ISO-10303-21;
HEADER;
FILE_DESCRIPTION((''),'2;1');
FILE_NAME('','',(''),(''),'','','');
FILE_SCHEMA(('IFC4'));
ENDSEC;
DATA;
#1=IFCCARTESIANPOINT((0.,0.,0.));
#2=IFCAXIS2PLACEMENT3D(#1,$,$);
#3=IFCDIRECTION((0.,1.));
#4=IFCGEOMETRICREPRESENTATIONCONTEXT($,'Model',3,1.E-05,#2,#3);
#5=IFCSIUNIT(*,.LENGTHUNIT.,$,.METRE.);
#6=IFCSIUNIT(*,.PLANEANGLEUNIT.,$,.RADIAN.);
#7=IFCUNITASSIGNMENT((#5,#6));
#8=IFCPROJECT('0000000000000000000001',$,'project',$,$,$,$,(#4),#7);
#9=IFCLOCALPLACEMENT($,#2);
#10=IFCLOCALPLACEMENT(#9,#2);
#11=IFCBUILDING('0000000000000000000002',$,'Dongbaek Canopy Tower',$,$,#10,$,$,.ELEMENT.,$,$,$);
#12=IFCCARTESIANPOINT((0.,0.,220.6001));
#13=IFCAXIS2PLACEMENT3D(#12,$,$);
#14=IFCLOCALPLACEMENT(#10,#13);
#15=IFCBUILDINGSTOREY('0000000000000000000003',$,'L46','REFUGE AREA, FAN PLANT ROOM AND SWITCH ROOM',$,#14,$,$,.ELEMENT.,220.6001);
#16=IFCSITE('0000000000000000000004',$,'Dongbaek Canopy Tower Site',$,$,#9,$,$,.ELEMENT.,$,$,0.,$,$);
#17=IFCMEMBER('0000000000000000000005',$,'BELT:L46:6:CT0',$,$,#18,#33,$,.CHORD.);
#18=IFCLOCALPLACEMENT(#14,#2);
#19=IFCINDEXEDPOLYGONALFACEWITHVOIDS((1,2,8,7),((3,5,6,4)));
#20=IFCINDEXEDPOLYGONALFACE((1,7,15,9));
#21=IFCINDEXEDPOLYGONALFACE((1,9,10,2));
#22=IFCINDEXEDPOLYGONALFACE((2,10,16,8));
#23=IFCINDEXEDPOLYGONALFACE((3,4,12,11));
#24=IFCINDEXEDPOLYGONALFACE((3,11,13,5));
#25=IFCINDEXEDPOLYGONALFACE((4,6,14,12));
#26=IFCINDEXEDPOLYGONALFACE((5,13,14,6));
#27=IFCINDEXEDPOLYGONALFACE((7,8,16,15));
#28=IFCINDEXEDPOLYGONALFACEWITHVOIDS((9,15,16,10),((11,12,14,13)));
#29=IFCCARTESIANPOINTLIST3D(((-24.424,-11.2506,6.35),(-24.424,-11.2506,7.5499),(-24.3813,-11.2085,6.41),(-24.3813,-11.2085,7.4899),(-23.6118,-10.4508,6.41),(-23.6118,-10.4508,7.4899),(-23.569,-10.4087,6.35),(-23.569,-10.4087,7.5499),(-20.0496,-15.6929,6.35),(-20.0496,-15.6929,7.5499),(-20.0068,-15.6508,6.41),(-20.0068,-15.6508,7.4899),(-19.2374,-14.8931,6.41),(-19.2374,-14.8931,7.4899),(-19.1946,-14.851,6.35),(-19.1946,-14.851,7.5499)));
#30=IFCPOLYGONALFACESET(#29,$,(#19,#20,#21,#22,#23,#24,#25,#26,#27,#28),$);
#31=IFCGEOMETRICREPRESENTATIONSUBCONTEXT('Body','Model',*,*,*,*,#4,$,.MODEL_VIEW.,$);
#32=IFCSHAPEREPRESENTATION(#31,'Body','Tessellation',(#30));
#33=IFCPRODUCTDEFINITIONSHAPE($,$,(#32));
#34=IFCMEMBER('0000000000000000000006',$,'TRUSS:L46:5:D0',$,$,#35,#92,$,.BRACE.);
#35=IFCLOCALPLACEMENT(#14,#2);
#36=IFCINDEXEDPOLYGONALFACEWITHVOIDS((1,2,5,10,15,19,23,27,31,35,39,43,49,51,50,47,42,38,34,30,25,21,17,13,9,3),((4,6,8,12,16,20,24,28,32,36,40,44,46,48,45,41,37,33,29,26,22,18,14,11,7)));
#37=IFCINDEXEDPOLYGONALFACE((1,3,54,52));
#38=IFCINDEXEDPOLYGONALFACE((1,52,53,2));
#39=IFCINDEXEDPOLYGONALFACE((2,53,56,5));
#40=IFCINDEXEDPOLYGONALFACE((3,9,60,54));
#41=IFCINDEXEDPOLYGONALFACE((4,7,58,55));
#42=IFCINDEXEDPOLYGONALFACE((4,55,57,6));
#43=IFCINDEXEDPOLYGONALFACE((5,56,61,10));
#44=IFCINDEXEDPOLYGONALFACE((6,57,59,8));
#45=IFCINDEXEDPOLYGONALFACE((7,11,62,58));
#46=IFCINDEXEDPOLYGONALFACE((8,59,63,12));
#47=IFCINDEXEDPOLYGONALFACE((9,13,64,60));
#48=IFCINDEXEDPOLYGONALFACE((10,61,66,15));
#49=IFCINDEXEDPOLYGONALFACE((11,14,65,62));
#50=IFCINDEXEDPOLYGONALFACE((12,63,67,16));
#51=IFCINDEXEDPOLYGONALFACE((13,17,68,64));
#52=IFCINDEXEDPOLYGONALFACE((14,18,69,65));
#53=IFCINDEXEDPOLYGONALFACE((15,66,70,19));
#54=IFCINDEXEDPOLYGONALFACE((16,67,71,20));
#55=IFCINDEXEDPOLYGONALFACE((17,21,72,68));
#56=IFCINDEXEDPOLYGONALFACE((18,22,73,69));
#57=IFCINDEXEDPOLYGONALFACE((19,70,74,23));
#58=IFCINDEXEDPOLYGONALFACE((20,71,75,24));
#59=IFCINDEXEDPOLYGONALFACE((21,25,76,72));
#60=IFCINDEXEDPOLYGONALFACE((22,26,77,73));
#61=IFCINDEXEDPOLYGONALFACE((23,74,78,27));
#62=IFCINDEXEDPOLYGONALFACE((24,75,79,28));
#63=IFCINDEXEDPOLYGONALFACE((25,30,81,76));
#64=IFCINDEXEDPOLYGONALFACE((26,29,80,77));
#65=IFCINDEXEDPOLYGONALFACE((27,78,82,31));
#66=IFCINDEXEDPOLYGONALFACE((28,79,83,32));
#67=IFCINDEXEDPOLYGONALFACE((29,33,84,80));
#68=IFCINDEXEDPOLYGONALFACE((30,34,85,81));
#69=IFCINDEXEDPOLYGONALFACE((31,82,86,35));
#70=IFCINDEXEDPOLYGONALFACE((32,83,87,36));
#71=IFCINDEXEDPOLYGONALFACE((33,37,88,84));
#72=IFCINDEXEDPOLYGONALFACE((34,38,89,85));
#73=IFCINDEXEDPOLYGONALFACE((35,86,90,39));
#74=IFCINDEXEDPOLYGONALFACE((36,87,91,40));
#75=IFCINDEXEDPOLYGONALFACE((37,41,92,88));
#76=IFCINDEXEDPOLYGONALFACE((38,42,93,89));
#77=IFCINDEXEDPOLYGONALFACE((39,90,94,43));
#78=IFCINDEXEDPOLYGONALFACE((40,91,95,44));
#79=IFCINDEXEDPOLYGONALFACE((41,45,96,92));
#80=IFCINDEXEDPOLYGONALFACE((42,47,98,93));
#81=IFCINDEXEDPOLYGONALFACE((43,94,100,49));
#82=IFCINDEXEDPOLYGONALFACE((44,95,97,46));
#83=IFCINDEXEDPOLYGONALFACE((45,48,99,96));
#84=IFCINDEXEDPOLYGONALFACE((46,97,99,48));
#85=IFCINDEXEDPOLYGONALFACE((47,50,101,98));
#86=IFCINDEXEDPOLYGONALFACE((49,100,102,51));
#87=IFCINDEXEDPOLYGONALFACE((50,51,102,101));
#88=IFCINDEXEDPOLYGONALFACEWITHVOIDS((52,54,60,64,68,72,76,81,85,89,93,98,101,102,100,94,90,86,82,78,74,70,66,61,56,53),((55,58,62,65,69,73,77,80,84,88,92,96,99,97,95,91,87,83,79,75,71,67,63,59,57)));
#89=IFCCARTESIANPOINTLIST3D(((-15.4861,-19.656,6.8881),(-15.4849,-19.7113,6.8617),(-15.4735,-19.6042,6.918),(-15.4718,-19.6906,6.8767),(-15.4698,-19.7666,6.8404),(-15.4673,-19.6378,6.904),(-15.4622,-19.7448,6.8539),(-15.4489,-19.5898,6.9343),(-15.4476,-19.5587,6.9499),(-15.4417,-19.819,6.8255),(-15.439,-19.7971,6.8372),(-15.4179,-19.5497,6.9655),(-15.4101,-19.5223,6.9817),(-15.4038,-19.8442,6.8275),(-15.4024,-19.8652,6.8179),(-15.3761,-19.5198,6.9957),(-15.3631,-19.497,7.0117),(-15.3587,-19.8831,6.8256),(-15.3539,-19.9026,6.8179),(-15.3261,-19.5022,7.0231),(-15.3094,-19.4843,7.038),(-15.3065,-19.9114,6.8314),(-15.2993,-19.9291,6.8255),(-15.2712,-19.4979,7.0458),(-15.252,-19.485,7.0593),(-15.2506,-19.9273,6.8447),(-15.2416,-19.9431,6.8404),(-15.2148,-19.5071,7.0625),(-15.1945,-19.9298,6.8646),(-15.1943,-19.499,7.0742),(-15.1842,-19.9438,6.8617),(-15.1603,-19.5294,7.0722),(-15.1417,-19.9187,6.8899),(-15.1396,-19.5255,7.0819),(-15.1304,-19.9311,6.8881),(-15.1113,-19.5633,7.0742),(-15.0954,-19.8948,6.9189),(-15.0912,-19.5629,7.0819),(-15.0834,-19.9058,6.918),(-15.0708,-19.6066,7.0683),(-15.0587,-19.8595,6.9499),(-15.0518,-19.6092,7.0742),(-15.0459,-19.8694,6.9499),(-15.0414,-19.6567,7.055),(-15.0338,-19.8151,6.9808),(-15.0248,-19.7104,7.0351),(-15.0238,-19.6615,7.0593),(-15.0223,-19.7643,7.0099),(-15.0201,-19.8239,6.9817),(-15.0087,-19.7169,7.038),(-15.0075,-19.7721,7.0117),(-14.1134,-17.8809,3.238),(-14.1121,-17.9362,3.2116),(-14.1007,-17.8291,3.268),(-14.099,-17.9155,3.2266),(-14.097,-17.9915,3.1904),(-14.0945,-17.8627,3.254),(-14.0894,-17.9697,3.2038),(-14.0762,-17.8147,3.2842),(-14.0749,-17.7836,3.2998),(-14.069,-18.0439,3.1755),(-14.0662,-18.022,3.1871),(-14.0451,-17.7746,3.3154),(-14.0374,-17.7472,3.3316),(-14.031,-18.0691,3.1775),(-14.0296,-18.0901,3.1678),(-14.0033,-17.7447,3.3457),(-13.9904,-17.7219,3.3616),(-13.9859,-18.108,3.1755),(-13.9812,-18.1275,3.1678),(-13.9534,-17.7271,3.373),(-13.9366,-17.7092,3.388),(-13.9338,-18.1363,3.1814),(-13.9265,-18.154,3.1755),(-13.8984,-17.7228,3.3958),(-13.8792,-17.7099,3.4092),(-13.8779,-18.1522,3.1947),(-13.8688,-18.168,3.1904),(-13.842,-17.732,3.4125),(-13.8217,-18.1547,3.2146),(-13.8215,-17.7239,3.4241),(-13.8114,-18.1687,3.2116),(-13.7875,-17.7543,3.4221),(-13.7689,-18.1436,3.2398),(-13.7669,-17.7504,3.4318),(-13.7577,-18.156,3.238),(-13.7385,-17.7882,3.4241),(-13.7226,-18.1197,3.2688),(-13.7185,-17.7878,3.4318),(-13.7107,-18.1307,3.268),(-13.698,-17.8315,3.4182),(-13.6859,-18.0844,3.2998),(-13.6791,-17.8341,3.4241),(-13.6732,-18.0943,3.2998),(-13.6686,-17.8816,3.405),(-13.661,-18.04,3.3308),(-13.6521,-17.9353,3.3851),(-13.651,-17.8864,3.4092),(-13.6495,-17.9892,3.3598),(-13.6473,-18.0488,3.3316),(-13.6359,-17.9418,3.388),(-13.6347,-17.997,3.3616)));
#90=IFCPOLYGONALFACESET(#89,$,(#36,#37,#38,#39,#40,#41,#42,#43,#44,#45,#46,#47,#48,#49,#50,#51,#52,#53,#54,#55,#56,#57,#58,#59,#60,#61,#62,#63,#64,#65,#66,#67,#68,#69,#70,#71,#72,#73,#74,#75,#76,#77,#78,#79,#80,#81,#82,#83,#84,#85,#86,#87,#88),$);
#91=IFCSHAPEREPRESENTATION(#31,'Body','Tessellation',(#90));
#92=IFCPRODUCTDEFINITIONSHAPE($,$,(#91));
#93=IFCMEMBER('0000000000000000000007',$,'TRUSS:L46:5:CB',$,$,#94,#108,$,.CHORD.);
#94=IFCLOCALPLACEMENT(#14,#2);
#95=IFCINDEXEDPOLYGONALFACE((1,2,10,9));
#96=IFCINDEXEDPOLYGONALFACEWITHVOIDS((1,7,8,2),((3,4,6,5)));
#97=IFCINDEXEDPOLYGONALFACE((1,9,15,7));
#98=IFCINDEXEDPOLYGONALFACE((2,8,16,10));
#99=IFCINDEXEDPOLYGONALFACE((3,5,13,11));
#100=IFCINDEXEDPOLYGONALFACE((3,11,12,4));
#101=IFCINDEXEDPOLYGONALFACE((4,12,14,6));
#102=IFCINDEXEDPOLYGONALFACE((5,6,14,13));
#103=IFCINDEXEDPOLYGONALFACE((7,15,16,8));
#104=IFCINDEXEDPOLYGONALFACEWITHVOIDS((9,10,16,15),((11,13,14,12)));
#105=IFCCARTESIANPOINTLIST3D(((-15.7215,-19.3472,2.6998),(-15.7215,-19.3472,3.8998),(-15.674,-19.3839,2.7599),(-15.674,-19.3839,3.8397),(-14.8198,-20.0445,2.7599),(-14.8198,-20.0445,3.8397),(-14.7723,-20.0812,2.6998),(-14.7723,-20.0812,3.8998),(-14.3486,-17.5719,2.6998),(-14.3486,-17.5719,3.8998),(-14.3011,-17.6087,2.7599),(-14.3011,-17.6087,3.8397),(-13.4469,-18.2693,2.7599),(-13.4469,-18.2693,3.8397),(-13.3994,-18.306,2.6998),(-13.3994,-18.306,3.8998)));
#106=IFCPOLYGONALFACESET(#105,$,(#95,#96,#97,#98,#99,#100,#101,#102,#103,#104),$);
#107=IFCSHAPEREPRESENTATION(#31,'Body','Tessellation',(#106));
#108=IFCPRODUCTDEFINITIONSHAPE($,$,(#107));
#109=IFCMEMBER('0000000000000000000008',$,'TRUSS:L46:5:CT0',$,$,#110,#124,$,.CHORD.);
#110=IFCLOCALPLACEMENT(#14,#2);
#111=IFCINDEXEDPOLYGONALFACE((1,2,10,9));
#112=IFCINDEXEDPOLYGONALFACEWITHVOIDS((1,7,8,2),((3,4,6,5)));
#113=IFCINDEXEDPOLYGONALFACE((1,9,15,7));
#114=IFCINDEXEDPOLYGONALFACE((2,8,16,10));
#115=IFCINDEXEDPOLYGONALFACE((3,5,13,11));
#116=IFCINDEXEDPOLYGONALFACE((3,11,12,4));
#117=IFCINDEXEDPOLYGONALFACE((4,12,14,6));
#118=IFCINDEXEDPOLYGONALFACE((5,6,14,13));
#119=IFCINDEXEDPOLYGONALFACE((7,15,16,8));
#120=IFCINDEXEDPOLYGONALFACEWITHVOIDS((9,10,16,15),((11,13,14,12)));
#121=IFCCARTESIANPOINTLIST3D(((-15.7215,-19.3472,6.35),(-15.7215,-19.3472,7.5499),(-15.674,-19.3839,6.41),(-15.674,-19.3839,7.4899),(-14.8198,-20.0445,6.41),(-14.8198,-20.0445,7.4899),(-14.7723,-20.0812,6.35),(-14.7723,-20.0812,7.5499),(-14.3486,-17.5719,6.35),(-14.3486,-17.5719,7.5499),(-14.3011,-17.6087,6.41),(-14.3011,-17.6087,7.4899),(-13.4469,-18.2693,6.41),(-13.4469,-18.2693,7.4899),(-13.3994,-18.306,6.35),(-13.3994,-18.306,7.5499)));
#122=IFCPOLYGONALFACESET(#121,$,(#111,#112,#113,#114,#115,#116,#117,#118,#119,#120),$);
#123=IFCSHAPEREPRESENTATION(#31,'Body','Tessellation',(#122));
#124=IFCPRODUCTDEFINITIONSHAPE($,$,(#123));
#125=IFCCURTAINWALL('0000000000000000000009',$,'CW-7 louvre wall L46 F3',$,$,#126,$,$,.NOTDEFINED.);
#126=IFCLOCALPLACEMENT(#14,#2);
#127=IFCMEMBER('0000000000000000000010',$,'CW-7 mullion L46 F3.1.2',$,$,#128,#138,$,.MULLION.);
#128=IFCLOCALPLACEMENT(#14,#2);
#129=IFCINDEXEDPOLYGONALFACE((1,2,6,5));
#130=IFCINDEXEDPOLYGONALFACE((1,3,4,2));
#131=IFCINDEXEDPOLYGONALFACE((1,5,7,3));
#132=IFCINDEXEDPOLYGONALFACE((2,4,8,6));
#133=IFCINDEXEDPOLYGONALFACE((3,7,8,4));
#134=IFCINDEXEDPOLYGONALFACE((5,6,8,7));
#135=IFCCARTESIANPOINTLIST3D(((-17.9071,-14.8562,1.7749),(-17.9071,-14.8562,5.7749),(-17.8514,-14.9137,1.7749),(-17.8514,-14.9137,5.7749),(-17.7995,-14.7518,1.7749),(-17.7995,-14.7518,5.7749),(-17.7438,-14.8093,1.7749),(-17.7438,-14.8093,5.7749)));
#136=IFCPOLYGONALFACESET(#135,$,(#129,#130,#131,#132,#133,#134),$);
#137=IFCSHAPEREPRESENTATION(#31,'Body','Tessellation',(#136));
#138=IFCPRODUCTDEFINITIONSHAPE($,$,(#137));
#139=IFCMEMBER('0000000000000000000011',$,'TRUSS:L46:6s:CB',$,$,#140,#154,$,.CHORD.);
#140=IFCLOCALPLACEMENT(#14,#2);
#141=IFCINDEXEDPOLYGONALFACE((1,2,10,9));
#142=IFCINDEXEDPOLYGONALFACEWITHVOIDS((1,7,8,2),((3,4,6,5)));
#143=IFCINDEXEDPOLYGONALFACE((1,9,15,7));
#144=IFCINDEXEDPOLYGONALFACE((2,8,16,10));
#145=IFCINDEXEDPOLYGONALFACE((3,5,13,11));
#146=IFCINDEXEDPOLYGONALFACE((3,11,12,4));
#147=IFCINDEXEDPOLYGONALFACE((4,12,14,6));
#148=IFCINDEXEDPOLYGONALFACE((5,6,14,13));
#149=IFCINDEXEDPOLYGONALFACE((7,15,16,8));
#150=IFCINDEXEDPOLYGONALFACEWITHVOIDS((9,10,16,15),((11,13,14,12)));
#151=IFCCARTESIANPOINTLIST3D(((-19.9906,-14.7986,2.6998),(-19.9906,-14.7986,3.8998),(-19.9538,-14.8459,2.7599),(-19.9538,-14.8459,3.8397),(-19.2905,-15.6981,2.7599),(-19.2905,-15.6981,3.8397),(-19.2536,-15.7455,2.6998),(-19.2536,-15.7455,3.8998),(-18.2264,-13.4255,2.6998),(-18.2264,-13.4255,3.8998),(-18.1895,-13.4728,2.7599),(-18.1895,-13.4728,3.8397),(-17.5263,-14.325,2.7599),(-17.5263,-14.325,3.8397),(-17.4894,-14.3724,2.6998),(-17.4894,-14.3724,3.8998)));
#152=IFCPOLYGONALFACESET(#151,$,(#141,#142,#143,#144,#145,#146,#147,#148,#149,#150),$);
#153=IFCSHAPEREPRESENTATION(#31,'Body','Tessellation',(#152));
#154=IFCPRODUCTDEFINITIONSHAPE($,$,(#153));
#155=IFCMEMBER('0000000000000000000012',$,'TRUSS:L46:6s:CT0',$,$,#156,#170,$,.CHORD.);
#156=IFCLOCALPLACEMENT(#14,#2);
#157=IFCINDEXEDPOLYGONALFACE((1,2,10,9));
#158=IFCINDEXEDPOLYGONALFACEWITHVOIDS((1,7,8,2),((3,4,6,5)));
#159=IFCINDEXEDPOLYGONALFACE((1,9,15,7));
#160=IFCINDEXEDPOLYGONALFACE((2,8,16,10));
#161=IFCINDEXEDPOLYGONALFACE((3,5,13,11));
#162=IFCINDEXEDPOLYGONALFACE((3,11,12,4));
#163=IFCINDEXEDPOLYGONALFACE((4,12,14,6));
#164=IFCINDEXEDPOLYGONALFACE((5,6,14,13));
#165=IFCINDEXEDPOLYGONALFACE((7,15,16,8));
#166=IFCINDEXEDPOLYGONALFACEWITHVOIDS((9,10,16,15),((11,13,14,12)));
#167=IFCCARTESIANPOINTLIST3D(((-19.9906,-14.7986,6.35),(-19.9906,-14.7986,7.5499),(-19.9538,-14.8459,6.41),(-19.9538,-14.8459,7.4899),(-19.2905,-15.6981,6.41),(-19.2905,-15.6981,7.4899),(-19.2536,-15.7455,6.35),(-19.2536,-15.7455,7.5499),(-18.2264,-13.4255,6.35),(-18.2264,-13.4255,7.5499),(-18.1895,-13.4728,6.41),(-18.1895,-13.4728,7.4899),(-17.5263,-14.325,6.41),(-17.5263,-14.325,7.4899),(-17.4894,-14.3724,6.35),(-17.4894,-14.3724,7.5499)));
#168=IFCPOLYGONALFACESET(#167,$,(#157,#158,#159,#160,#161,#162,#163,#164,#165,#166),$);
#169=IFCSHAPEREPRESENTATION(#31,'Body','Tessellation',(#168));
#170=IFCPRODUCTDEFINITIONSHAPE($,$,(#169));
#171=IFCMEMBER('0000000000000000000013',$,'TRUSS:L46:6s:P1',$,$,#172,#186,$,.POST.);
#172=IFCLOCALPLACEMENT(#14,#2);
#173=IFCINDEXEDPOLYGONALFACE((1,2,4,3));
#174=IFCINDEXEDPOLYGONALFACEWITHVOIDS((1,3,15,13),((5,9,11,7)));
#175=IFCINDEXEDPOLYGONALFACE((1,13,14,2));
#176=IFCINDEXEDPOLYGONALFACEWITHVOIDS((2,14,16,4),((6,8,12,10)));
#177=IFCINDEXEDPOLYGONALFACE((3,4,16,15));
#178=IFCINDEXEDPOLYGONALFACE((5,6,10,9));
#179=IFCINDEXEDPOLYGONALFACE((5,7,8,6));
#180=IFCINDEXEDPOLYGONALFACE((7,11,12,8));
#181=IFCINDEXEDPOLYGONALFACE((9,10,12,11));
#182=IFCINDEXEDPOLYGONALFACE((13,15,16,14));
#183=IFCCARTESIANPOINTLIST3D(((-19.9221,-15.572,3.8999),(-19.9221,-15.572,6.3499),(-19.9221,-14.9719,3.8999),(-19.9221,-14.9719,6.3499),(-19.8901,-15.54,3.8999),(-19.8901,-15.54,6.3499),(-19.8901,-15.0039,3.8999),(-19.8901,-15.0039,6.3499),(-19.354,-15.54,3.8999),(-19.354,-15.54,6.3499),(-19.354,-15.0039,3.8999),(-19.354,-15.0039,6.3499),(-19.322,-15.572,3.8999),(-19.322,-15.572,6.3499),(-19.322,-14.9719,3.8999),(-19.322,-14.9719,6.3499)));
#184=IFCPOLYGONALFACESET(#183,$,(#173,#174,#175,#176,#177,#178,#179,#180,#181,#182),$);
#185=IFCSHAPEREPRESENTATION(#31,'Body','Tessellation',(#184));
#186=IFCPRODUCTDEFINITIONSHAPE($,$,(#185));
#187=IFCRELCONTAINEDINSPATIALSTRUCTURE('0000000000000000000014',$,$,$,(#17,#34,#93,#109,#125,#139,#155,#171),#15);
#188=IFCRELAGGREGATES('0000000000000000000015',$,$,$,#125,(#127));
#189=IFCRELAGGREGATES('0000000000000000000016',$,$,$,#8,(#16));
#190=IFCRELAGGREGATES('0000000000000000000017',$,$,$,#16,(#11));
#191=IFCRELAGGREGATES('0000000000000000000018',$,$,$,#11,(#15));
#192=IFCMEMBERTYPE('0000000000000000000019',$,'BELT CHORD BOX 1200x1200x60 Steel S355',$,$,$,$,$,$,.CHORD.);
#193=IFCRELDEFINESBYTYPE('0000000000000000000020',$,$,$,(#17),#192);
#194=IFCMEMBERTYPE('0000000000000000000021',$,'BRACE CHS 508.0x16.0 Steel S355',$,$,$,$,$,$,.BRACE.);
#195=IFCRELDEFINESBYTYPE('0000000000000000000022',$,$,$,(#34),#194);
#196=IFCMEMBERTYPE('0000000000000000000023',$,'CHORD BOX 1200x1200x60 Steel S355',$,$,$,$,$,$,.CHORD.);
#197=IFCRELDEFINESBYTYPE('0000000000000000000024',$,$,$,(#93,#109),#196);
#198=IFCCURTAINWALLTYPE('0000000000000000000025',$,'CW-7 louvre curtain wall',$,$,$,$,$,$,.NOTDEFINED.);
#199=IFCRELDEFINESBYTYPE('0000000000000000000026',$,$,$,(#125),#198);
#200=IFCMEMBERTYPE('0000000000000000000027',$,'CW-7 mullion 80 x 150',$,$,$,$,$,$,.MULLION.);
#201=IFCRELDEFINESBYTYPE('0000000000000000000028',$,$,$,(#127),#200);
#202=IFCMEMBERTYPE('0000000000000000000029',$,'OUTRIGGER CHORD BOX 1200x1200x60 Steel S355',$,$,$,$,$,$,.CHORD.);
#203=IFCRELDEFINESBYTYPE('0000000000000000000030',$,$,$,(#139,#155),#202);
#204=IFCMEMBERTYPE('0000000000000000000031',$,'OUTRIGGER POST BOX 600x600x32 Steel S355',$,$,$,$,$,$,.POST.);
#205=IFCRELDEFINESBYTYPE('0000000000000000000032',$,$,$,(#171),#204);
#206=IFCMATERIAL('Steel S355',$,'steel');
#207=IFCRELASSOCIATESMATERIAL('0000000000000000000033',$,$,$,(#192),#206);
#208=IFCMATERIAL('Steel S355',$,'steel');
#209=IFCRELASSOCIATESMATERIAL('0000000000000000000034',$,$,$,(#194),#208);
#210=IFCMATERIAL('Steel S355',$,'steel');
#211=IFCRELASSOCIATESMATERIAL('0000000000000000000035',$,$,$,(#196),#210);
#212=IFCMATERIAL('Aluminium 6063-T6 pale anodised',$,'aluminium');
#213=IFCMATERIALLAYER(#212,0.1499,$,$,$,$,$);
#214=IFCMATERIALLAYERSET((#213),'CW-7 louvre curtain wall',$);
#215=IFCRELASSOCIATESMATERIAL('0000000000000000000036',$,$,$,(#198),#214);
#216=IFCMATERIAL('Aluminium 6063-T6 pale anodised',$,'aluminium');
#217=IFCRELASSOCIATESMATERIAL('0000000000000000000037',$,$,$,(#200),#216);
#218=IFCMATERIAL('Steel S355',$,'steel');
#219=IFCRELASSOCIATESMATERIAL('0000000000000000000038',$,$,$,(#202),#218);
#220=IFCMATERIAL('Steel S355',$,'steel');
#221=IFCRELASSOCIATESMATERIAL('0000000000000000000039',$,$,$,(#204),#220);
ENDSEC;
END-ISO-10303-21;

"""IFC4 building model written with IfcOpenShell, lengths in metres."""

from ifc_helpers import new_model, si_unit, direction, frame, origin, origin_2d, place, context, subcontext, project, spatial, rectangle, hollow_rectangle, hollow_circle, extrude, material, layer, layer_set, material_profile, profile_set, type_object, element, aggregate, save


model = new_model("IFC4")

# Units and contexts
model_context = context("Model", 3, precision=1e-05, world=origin(), true_north=direction((0.0, 1.0)))
body_context = subcontext(model_context, "Body", "Model", "MODEL_VIEW")
ifc_project = project(units=[si_unit("LENGTHUNIT", "METRE"), si_unit("PLANEANGLEUNIT", "RADIAN")], contexts=[model_context])

# Site, building, storey
site_placement = place(None, origin())
site = spatial("IfcSite", under=ifc_project, at=site_placement, Name="Dongbaek Canopy Tower Site", CompositionType="ELEMENT", RefElevation=0.0)
building_placement = place(site_placement, origin())
building = spatial("IfcBuilding", under=site, at=building_placement, Name="Dongbaek Canopy Tower", CompositionType="ELEMENT")
storey_placement = place(building_placement, frame((0.0, 0.0, 220.6001)))
storey = spatial("IfcBuildingStorey", under=building, at=storey_placement, Name="L46", Description="REFUGE AREA, FAN PLANT ROOM AND SWITCH ROOM", CompositionType="ELEMENT", Elevation=220.6001)

# Members
ifc_material_1 = material(Name="Steel S355", Category="steel")
ifc_material_profile_1 = material_profile(ifc_material_1, hollow_rectangle(XDim=1.2, YDim=1.2, WallThickness=0.0601, at=origin_2d()), Name="BELT CHORD BOX 1200x1200x60 Steel S355")
ifc_profile_set_1 = profile_set([ifc_material_profile_1], Name="Steel S355")
member_type_1 = type_object("IfcMemberType", Name="BELT CHORD BOX 1200x1200x60 Steel S355", PredefinedType="CHORD", material=ifc_profile_set_1)
for number, where, z_axis, x_axis, name in (
    (1, (-19.6221, -15.272, 6.95), (-0.701643, 0.712529, 0.0), (-0.712529, -0.701643, 0.0), "BELT:L46:6:CT0"),
):
    element("IfcMember", number, at=place(storey_placement, frame(where, z_axis=z_axis, x_axis=x_axis)), inside=storey, type_object=member_type_1, Name=name, PredefinedType="CHORD", context=body_context, shape_type="SweptSolid", body=[
        extrude(hollow_rectangle(XDim=1.2, YDim=1.2, WallThickness=0.0601, at=origin_2d()), origin(), (0.0, 0.0, 1.0), 6.2346),
    ])
ifc_material_2 = material(Name="Steel S355", Category="steel")
ifc_material_profile_2 = material_profile(ifc_material_2, hollow_circle(Radius=0.2539, WallThickness=0.0161, at=origin_2d()), Name="BRACE CHS 508.0x16.0 Steel S355")
ifc_profile_set_2 = profile_set([ifc_material_profile_2], Name="Steel S355")
member_type_2 = type_object("IfcMemberType", Name="BRACE CHS 508.0x16.0 Steel S355", PredefinedType="BRACE", material=ifc_profile_set_2)
member_1_placement = place(storey_placement, frame((-13.874, -17.939, 3.2998), z_axis=(-0.320391, -0.414292, 0.851887), x_axis=(0.791048, -0.611754, 0.0)))
element("IfcMember", 2, at=member_1_placement, inside=storey, type_object=member_type_2, Name="TRUSS:L46:5:D0", PredefinedType="BRACE", context=body_context, shape_type="SweptSolid", body=[
    extrude(hollow_circle(Radius=0.2539, WallThickness=0.0161, at=origin_2d()), origin(), (0.0, 0.0, 1.0), 4.2847),
])
ifc_material_3 = material(Name="Steel S355", Category="steel")
ifc_material_profile_3 = material_profile(ifc_material_3, hollow_rectangle(XDim=1.2, YDim=1.2, WallThickness=0.0601, at=origin_2d()), Name="CHORD BOX 1200x1200x60 Steel S355")
ifc_profile_set_3 = profile_set([ifc_material_profile_3], Name="Steel S355")
member_type_3 = type_object("IfcMemberType", Name="CHORD BOX 1200x1200x60 Steel S355", PredefinedType="CHORD", material=ifc_profile_set_3)
for number, where, z_axis, x_axis, name in (
    (3, (-13.874, -17.939, 3.2998), (-0.611754, -0.791048, 0.0), (0.791048, -0.611754, 0.0), "TRUSS:L46:5:CB"),
    (4, (-13.874, -17.939, 6.95), (-0.611754, -0.791048, 0.0), (0.791048, -0.611754, 0.0), "TRUSS:L46:5:CT0"),
):
    element("IfcMember", number, at=place(storey_placement, frame(where, z_axis=z_axis, x_axis=x_axis)), inside=storey, type_object=member_type_3, Name=name, PredefinedType="CHORD", context=body_context, shape_type="SweptSolid", body=[
        extrude(hollow_rectangle(XDim=1.2, YDim=1.2, WallThickness=0.0601, at=origin_2d()), origin(), (0.0, 0.0, 1.0), 2.2441),
    ])

# Curtain wall, member
ifc_material_4 = material(Name="Aluminium 6063-T6 pale anodised", Category="aluminium")
ifc_layer_1 = layer(ifc_material_4, 0.1499)
ifc_layer_set_1 = layer_set([ifc_layer_1], Name="CW-7 louvre curtain wall")
curtain_wall_type = type_object("IfcCurtainWallType", Name="CW-7 louvre curtain wall", PredefinedType="NOTDEFINED", material=ifc_layer_set_1)
curtain_wall_placement = place(storey_placement, origin())
curtain_wall = element("IfcCurtainWall", 5, at=curtain_wall_placement, inside=storey, type_object=curtain_wall_type, Name="CW-7 louvre wall L46 F3", PredefinedType="NOTDEFINED")
ifc_material_5 = material(Name="Aluminium 6063-T6 pale anodised", Category="aluminium")
ifc_material_profile_4 = material_profile(ifc_material_5, rectangle(XDim=0.1499, YDim=0.0801, at=origin_2d()), Name="CW-7 mullion 80 x 150")
ifc_profile_set_4 = profile_set([ifc_material_profile_4], Name="Aluminium 6063-T6 pale anodised")
member_type_4 = type_object("IfcMemberType", Name="CW-7 mullion 80 x 150", PredefinedType="MULLION", material=ifc_profile_set_4)
member_2_placement = place(storey_placement, frame((-17.8254, -14.8328, 1.7749), z_axis=(0.0, 0.0, 1.0), x_axis=(-0.717708, -0.696344, 0.0)))
member_2 = element("IfcMember", 6, at=member_2_placement, type_object=member_type_4, Name="CW-7 mullion L46 F3.1.2", PredefinedType="MULLION", context=body_context, shape_type="SweptSolid", body=[
    extrude(rectangle(XDim=0.1499, YDim=0.0801, at=origin_2d()), origin(), (0.0, 0.0, 1.0), 4.0),
])

# Members
ifc_material_6 = material(Name="Steel S355", Category="steel")
ifc_material_profile_5 = material_profile(ifc_material_6, hollow_rectangle(XDim=1.2, YDim=1.2, WallThickness=0.0601, at=origin_2d()), Name="OUTRIGGER CHORD BOX 1200x1200x60 Steel S355")
ifc_profile_set_5 = profile_set([ifc_material_profile_5], Name="Steel S355")
member_type_5 = type_object("IfcMemberType", Name="OUTRIGGER CHORD BOX 1200x1200x60 Steel S355", PredefinedType="CHORD", material=ifc_profile_set_5)
for number, where, z_axis, x_axis, name in (
    (7, (-17.8579, -13.8989, 3.2998), (-0.789152, -0.614198, 0.0), (0.614198, -0.789152, 0.0), "TRUSS:L46:6s:CB"),
    (8, (-17.8579, -13.8989, 6.95), (-0.789152, -0.614198, 0.0), (0.614198, -0.789152, 0.0), "TRUSS:L46:6s:CT0"),
):
    element("IfcMember", number, at=place(storey_placement, frame(where, z_axis=z_axis, x_axis=x_axis)), inside=storey, type_object=member_type_5, Name=name, PredefinedType="CHORD", context=body_context, shape_type="SweptSolid", body=[
        extrude(hollow_rectangle(XDim=1.2, YDim=1.2, WallThickness=0.0601, at=origin_2d()), origin(), (0.0, 0.0, 1.0), 2.2356),
    ])
ifc_material_7 = material(Name="Steel S355", Category="steel")
ifc_material_profile_6 = material_profile(ifc_material_7, hollow_rectangle(XDim=0.6001, YDim=0.6001, WallThickness=0.032, at=origin_2d()), Name="OUTRIGGER POST BOX 600x600x32 Steel S355")
ifc_profile_set_6 = profile_set([ifc_material_profile_6], Name="Steel S355")
member_type_6 = type_object("IfcMemberType", Name="OUTRIGGER POST BOX 600x600x32 Steel S355", PredefinedType="POST", material=ifc_profile_set_6)
member_3_placement = place(storey_placement, frame((-19.6221, -15.272, 3.8999), z_axis=(0.0, 0.0, 1.0), x_axis=(1.0, 0.0, 0.0)))
element("IfcMember", 9, at=member_3_placement, inside=storey, type_object=member_type_6, Name="TRUSS:L46:6s:P1", PredefinedType="POST", context=body_context, shape_type="SweptSolid", body=[
    extrude(hollow_rectangle(XDim=0.6001, YDim=0.6001, WallThickness=0.032, at=origin_2d()), origin(), (0.0, 0.0, 1.0), 2.45),
])

aggregate(curtain_wall, [member_2])

save(model, "model.ifc")
